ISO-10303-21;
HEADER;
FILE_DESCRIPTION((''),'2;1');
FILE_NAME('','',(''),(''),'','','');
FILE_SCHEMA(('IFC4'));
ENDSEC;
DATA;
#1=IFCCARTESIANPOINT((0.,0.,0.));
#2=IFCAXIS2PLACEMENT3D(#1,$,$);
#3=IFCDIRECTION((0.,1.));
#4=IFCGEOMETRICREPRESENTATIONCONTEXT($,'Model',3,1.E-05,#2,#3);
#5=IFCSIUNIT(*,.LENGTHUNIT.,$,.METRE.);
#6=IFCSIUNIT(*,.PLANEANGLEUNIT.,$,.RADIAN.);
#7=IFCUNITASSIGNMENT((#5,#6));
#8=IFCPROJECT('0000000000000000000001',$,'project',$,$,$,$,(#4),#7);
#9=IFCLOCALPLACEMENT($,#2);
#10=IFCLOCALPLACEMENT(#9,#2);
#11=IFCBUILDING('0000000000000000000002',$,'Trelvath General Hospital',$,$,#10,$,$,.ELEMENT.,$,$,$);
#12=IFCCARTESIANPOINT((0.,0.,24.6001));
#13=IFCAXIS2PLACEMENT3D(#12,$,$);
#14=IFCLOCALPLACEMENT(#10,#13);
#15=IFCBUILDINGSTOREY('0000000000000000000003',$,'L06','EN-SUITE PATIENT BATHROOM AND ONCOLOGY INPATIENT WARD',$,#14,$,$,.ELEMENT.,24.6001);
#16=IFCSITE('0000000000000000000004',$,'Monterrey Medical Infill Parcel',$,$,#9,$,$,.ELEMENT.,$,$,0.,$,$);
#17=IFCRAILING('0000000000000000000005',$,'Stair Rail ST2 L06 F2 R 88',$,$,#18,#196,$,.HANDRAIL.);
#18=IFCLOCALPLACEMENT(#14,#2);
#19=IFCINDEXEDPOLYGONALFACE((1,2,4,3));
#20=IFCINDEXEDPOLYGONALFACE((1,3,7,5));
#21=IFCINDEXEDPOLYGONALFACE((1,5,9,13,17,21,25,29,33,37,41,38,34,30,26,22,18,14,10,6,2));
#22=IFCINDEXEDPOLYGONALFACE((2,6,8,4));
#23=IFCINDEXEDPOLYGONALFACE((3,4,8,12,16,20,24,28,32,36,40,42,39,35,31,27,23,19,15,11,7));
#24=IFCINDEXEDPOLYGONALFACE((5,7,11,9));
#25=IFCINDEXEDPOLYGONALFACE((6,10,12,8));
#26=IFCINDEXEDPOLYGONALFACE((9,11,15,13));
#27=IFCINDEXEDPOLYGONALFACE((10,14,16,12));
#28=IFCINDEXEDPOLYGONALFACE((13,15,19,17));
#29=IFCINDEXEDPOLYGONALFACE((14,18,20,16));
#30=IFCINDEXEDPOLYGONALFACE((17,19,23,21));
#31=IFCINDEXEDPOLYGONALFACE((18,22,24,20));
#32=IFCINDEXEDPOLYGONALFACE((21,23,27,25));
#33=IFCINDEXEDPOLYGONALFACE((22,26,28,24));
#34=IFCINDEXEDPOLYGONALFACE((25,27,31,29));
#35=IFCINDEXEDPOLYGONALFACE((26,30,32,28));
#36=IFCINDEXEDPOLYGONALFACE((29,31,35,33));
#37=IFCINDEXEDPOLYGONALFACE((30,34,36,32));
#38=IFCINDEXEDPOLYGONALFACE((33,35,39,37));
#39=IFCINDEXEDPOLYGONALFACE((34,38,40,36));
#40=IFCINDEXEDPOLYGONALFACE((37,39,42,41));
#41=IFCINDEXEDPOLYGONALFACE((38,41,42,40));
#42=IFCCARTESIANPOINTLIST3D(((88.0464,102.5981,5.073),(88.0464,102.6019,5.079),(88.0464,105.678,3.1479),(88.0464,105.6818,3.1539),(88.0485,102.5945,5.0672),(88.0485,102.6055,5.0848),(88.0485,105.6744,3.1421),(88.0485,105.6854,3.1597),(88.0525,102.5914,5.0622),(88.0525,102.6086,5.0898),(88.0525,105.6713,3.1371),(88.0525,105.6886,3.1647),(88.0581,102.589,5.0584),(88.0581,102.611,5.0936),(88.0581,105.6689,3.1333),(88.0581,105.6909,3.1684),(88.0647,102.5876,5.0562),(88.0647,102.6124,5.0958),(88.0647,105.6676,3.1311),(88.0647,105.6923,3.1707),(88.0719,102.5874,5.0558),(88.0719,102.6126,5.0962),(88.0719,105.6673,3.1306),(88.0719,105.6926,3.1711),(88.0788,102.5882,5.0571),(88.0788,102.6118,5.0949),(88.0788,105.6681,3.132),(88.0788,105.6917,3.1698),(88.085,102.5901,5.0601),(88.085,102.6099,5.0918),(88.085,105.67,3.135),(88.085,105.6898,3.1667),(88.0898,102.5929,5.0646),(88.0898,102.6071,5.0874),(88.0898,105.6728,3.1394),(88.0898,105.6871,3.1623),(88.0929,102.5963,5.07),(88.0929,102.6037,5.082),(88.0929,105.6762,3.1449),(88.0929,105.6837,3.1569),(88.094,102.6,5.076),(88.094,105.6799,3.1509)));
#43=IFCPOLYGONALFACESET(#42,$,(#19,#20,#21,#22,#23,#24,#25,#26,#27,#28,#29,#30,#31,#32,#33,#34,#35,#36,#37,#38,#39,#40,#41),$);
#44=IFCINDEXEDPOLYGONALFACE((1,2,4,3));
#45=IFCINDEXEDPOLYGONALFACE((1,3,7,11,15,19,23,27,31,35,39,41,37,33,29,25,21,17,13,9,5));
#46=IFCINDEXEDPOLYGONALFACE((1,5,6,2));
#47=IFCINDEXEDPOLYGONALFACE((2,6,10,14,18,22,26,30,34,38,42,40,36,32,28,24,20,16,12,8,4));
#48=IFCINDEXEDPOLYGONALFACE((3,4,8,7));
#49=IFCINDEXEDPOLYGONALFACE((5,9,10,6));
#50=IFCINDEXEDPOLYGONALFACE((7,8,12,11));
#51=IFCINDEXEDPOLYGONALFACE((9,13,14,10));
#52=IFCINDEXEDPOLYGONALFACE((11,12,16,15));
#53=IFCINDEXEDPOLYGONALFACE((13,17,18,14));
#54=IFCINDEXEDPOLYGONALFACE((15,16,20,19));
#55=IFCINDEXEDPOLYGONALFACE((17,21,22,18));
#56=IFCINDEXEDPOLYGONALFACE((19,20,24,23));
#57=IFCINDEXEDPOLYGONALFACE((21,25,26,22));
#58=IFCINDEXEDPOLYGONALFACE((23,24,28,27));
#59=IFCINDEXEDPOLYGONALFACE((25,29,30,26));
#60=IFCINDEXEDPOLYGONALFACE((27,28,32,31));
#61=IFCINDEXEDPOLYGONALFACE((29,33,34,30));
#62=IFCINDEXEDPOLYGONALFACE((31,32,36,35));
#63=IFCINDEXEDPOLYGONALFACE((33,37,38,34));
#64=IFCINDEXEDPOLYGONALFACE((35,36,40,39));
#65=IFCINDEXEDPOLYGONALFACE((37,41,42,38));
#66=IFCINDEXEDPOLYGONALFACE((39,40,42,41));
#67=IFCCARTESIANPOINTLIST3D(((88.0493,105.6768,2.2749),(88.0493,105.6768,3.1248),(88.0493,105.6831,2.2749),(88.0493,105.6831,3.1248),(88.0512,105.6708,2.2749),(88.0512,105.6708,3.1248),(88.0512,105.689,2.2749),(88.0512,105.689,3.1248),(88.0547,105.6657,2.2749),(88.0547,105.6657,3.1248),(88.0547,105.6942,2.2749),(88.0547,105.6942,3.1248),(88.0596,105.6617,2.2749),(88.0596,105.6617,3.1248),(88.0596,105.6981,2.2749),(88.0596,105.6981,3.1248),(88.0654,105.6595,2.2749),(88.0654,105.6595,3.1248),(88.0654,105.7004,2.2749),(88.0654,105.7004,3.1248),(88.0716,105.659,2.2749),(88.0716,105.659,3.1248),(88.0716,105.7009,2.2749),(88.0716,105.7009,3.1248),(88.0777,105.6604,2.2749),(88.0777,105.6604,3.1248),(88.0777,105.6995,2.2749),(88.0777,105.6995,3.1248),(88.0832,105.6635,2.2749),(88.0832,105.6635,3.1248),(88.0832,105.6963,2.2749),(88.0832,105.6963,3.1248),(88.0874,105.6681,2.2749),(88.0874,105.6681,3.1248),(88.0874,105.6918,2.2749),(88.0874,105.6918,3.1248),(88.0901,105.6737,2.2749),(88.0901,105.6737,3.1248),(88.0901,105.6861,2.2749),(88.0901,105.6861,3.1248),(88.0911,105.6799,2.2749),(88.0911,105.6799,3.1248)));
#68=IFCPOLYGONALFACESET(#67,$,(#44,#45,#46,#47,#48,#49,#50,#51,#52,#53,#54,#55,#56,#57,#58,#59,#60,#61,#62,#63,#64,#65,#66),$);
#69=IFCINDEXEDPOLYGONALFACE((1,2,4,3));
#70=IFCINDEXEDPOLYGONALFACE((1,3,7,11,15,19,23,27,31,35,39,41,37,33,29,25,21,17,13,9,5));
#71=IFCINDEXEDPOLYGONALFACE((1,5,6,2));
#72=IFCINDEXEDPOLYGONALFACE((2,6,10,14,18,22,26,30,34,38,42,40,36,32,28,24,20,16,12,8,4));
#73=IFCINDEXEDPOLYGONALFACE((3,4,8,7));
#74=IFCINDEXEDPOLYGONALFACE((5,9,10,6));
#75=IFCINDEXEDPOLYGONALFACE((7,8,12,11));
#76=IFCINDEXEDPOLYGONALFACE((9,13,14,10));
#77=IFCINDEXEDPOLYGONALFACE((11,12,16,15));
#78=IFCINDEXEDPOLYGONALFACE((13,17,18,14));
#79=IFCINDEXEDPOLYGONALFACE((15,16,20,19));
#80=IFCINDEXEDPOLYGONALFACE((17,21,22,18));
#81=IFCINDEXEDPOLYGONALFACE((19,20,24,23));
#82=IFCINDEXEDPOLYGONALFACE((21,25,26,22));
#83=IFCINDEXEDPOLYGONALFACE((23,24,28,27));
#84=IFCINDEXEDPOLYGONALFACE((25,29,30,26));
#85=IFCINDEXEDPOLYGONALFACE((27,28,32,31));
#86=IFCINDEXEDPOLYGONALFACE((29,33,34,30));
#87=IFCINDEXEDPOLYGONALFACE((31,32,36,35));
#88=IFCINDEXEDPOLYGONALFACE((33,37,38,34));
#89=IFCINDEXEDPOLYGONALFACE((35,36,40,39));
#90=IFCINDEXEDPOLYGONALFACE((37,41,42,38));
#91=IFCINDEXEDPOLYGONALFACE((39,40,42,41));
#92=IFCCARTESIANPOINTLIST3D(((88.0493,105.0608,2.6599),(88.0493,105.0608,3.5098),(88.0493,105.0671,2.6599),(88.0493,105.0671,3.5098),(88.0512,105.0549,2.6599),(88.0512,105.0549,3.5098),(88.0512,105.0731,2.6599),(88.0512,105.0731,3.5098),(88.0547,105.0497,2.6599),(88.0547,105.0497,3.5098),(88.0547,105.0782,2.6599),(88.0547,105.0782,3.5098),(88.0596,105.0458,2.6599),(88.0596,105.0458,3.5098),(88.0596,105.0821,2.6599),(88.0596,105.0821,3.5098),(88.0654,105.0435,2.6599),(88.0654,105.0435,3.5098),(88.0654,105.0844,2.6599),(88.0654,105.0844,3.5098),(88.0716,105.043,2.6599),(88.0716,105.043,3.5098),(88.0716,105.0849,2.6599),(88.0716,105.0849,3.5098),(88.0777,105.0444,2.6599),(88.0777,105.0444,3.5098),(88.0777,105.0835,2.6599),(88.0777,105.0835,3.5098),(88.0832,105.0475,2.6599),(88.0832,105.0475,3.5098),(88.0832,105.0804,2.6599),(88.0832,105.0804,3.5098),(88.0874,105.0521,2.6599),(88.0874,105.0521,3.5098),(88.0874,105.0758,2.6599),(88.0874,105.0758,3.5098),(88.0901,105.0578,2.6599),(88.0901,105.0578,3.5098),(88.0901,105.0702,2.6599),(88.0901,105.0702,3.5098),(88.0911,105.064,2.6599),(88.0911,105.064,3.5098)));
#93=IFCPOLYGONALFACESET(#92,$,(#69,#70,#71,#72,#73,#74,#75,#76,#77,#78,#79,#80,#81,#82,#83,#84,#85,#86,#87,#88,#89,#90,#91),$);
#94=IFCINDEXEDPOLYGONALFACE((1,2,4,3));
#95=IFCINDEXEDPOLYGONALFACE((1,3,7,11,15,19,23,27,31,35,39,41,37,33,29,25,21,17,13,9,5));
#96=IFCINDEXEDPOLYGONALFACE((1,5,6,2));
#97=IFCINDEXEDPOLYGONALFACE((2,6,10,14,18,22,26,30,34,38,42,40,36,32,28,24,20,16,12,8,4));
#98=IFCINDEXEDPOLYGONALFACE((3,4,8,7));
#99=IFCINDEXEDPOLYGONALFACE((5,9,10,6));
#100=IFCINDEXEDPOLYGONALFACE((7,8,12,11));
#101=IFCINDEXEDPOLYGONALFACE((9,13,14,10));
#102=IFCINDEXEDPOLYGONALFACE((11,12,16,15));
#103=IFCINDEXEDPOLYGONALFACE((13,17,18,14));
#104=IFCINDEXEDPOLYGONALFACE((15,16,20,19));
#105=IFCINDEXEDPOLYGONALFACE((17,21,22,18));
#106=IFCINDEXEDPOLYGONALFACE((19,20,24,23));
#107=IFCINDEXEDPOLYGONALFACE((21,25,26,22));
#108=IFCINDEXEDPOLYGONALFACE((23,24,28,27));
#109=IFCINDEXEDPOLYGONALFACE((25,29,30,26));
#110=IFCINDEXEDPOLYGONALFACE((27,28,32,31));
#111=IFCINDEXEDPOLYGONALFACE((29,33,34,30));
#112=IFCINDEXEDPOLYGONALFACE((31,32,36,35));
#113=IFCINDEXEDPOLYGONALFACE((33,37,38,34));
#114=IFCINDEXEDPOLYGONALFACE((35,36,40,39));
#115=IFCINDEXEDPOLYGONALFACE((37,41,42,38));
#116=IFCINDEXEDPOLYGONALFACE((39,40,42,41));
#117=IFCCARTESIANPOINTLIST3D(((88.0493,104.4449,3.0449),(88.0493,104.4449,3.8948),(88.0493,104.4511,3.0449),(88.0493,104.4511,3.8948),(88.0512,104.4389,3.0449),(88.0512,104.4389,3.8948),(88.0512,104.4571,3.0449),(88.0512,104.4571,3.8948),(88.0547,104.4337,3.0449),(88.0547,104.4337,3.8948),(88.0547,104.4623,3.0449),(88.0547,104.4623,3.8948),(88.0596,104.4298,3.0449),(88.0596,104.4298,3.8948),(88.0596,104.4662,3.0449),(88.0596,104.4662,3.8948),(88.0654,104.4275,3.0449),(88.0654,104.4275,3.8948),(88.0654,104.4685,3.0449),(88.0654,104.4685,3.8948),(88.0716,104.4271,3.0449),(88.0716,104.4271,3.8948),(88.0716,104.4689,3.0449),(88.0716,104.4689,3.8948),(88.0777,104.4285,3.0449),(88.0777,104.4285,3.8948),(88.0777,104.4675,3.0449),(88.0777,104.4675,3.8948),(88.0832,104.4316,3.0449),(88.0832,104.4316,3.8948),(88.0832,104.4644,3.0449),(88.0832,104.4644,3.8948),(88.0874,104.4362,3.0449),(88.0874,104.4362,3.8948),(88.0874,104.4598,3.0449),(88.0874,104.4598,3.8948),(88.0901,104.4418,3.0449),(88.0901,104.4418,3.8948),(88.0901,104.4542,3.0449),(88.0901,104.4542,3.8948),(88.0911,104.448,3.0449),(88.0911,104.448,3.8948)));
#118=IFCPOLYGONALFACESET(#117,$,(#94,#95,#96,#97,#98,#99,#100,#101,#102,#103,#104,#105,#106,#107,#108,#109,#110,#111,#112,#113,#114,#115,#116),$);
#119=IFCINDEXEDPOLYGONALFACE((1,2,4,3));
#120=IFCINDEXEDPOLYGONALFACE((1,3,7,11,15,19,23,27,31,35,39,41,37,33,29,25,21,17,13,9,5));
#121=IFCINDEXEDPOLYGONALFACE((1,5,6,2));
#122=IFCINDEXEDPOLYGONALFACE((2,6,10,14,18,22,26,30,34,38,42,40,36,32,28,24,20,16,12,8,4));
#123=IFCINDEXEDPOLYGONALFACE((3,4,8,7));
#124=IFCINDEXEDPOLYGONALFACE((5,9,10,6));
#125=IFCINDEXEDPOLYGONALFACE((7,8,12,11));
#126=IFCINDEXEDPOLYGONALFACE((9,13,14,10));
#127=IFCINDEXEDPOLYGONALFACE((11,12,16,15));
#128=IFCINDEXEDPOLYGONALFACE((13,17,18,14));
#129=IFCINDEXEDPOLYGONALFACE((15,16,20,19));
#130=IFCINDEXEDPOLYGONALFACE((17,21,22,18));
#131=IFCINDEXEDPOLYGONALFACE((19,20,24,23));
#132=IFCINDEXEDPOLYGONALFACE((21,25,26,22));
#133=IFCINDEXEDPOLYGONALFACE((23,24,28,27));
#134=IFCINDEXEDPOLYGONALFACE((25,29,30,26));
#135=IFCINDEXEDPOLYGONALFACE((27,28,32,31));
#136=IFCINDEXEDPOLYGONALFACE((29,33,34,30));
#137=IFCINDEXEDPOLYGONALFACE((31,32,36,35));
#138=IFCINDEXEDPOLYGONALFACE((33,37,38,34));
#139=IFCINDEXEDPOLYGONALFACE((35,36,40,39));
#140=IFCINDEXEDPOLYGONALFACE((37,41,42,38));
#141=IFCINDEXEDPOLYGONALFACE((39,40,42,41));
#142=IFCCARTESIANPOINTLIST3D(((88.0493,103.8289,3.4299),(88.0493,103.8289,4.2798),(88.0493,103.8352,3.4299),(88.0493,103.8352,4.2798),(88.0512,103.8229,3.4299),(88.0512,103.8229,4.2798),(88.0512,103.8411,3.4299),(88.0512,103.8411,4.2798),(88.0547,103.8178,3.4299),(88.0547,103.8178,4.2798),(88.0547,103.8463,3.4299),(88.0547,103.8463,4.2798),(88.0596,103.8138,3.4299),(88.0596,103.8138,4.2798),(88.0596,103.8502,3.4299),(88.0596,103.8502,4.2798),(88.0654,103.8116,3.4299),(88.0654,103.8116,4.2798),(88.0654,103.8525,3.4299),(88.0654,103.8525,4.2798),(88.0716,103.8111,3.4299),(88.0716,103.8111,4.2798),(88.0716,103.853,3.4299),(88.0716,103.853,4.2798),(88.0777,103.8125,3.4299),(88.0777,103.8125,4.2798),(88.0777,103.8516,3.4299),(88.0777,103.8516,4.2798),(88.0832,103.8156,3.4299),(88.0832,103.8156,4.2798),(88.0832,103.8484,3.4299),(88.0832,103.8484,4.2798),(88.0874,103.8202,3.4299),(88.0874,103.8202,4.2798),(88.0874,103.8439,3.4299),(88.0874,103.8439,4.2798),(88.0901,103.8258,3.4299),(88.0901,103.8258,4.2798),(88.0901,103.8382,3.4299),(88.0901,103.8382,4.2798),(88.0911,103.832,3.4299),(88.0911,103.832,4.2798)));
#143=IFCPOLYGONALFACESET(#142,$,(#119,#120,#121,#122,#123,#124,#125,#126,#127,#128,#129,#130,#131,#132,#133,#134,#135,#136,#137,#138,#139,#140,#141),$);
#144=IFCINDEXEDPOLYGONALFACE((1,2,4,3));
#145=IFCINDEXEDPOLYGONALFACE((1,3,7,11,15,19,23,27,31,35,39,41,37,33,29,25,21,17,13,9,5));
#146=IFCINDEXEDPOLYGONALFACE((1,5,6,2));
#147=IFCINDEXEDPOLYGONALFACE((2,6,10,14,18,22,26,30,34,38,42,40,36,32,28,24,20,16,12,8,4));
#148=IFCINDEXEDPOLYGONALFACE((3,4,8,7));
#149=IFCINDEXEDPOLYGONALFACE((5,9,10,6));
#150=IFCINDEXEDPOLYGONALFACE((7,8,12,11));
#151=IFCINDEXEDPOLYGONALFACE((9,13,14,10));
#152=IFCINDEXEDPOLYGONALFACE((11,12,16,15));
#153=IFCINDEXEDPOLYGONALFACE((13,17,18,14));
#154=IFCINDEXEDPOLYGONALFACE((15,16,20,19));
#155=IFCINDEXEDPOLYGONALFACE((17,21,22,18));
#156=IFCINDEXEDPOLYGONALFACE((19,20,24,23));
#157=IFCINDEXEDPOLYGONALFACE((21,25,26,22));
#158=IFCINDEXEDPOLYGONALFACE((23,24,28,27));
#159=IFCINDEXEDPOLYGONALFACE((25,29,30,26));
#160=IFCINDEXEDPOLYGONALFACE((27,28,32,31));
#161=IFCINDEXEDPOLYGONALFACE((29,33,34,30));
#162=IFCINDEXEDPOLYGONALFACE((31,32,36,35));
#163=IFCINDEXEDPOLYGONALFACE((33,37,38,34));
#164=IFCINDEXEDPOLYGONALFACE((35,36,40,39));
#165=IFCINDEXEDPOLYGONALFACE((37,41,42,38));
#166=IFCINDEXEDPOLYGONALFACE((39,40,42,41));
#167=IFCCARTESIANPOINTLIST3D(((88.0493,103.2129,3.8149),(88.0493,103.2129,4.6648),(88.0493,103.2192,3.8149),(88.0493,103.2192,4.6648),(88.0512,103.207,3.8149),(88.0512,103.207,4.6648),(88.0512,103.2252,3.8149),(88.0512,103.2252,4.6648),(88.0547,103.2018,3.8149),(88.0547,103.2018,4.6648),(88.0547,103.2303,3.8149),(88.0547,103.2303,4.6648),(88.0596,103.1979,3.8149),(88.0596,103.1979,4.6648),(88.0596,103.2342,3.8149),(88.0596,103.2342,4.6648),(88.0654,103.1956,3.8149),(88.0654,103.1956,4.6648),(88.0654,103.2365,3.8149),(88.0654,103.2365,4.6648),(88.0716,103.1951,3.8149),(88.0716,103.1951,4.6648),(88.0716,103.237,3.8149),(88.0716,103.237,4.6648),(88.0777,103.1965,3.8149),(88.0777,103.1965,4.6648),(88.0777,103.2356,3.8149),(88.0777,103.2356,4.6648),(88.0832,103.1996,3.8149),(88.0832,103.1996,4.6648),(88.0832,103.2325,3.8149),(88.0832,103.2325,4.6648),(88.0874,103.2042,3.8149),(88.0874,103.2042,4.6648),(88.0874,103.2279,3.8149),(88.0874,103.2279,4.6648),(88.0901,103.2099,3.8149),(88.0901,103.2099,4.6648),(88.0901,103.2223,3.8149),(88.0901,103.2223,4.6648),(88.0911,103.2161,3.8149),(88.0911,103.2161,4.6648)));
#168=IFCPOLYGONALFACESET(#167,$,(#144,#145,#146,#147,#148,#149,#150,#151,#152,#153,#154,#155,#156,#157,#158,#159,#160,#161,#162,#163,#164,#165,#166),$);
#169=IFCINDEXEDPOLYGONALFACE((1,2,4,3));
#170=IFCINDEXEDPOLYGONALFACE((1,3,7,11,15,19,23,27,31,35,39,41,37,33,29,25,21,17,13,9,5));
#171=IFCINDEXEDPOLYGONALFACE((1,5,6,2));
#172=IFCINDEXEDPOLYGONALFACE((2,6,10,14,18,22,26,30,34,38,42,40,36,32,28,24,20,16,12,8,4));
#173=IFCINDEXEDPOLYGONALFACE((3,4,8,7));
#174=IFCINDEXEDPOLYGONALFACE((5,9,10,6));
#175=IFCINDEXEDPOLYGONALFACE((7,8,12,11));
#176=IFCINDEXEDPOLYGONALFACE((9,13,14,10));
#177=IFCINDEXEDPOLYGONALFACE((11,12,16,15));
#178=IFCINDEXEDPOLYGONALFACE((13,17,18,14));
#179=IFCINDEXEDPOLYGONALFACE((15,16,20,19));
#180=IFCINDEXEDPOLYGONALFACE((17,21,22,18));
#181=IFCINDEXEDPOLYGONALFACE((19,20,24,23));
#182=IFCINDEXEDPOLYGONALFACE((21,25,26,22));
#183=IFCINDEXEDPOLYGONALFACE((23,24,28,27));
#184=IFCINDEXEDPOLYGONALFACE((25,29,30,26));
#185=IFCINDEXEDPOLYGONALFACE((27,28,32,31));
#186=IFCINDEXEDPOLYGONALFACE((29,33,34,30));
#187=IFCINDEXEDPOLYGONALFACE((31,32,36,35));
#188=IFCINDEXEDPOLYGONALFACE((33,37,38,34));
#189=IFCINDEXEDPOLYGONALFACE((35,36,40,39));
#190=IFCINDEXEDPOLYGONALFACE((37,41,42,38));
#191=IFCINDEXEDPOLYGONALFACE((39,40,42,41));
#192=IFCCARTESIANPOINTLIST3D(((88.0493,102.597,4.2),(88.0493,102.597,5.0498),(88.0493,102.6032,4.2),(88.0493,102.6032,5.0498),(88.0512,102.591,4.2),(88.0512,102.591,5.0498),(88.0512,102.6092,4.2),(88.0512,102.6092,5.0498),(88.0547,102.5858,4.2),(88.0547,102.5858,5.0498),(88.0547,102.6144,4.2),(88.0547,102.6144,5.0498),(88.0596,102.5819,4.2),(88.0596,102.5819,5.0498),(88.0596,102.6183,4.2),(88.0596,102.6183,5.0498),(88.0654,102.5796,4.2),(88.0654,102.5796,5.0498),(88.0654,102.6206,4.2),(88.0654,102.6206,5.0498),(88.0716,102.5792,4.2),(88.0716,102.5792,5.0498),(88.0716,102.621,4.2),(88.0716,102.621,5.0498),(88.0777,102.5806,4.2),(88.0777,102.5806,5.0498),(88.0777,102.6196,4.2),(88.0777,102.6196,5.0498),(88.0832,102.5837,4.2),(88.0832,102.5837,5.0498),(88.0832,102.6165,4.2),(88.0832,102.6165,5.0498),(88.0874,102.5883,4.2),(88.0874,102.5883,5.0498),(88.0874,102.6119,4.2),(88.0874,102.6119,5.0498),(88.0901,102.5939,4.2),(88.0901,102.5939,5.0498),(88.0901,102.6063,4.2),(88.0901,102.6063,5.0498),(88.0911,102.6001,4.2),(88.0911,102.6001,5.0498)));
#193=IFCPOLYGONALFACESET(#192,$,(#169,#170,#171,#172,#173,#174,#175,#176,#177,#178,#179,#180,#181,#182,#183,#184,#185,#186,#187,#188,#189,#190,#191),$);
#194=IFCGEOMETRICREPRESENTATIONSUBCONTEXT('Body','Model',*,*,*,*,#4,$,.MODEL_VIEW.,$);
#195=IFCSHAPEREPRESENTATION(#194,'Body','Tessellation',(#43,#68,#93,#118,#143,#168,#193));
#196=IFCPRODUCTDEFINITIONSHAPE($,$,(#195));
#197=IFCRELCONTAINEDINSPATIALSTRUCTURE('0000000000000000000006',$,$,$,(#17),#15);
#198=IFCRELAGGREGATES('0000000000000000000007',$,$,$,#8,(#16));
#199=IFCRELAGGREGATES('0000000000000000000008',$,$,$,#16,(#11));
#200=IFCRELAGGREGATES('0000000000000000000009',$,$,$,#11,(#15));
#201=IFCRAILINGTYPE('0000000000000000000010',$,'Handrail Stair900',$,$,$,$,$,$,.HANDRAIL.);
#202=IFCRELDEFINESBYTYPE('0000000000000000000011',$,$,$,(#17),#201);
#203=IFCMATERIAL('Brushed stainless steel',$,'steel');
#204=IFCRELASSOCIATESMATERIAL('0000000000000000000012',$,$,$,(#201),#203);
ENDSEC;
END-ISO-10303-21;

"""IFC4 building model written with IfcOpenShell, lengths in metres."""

from ifc_helpers import new_model, si_unit, direction, frame, origin, origin_2d, place, context, subcontext, project, spatial, circle, extrude, material, type_object, element, save


model = new_model("IFC4")

# Units and contexts
model_context = context("Model", 3, precision=1e-05, world=origin(), true_north=direction((0.0, 1.0)))
body_context = subcontext(model_context, "Body", "Model", "MODEL_VIEW")
ifc_project = project(units=[si_unit("LENGTHUNIT", "METRE"), si_unit("PLANEANGLEUNIT", "RADIAN")], contexts=[model_context])

# Site, building, storey
site_placement = place(None, origin())
site = spatial("IfcSite", under=ifc_project, at=site_placement, Name="Monterrey Medical Infill Parcel", CompositionType="ELEMENT", RefElevation=0.0)
building_placement = place(site_placement, origin())
building = spatial("IfcBuilding", under=site, at=building_placement, Name="Trelvath General Hospital", CompositionType="ELEMENT")
storey_placement = place(building_placement, frame((0.0, 0.0, 24.6001)))
storey = spatial("IfcBuildingStorey", under=building, at=storey_placement, Name="L06", Description="EN-SUITE PATIENT BATHROOM AND ONCOLOGY INPATIENT WARD", CompositionType="ELEMENT", Elevation=24.6001)

# Railing
ifc_material_1 = material(Name="Brushed stainless steel", Category="steel")
railing_type_1 = type_object("IfcRailingType", Name="Handrail Stair900", PredefinedType="HANDRAIL", material=ifc_material_1)
railing_1_placement = place(storey_placement, frame((88.0701, 105.6799, 2.2749)))
element("IfcRailing", 1, at=railing_1_placement, inside=storey, type_object=railing_type_1, Name="Stair Rail ST2 L06 F2 R 88", PredefinedType="HANDRAIL", context=body_context, shape_type="SweptSolid", body=[
    extrude(circle(Radius=0.0239, at=origin_2d()), frame((0.0, 0.0, 0.876), z_axis=(0.0, -0.847979, 0.530029), x_axis=(1.0, 0.0, 0.0)), (0.0, 0.0, 1.0), 3.6321),
    extrude(circle(Radius=0.021, at=origin_2d()), origin(), (0.0, 0.0, 1.0), 0.8499),
    extrude(circle(Radius=0.021, at=origin_2d()), frame((0.0, -0.616, 0.385)), (0.0, 0.0, 1.0), 0.8499),
    extrude(circle(Radius=0.021, at=origin_2d()), frame((0.0, -1.2319, 0.77)), (0.0, 0.0, 1.0), 0.8499),
    extrude(circle(Radius=0.021, at=origin_2d()), frame((0.0, -1.8479, 1.155)), (0.0, 0.0, 1.0), 0.8499),
    extrude(circle(Radius=0.021, at=origin_2d()), frame((0.0, -2.4639, 1.54)), (0.0, 0.0, 1.0), 0.8499),
    extrude(circle(Radius=0.021, at=origin_2d()), frame((0.0, -3.0798, 1.925)), (0.0, 0.0, 1.0), 0.8499),
])

save(model, "model.ifc")
